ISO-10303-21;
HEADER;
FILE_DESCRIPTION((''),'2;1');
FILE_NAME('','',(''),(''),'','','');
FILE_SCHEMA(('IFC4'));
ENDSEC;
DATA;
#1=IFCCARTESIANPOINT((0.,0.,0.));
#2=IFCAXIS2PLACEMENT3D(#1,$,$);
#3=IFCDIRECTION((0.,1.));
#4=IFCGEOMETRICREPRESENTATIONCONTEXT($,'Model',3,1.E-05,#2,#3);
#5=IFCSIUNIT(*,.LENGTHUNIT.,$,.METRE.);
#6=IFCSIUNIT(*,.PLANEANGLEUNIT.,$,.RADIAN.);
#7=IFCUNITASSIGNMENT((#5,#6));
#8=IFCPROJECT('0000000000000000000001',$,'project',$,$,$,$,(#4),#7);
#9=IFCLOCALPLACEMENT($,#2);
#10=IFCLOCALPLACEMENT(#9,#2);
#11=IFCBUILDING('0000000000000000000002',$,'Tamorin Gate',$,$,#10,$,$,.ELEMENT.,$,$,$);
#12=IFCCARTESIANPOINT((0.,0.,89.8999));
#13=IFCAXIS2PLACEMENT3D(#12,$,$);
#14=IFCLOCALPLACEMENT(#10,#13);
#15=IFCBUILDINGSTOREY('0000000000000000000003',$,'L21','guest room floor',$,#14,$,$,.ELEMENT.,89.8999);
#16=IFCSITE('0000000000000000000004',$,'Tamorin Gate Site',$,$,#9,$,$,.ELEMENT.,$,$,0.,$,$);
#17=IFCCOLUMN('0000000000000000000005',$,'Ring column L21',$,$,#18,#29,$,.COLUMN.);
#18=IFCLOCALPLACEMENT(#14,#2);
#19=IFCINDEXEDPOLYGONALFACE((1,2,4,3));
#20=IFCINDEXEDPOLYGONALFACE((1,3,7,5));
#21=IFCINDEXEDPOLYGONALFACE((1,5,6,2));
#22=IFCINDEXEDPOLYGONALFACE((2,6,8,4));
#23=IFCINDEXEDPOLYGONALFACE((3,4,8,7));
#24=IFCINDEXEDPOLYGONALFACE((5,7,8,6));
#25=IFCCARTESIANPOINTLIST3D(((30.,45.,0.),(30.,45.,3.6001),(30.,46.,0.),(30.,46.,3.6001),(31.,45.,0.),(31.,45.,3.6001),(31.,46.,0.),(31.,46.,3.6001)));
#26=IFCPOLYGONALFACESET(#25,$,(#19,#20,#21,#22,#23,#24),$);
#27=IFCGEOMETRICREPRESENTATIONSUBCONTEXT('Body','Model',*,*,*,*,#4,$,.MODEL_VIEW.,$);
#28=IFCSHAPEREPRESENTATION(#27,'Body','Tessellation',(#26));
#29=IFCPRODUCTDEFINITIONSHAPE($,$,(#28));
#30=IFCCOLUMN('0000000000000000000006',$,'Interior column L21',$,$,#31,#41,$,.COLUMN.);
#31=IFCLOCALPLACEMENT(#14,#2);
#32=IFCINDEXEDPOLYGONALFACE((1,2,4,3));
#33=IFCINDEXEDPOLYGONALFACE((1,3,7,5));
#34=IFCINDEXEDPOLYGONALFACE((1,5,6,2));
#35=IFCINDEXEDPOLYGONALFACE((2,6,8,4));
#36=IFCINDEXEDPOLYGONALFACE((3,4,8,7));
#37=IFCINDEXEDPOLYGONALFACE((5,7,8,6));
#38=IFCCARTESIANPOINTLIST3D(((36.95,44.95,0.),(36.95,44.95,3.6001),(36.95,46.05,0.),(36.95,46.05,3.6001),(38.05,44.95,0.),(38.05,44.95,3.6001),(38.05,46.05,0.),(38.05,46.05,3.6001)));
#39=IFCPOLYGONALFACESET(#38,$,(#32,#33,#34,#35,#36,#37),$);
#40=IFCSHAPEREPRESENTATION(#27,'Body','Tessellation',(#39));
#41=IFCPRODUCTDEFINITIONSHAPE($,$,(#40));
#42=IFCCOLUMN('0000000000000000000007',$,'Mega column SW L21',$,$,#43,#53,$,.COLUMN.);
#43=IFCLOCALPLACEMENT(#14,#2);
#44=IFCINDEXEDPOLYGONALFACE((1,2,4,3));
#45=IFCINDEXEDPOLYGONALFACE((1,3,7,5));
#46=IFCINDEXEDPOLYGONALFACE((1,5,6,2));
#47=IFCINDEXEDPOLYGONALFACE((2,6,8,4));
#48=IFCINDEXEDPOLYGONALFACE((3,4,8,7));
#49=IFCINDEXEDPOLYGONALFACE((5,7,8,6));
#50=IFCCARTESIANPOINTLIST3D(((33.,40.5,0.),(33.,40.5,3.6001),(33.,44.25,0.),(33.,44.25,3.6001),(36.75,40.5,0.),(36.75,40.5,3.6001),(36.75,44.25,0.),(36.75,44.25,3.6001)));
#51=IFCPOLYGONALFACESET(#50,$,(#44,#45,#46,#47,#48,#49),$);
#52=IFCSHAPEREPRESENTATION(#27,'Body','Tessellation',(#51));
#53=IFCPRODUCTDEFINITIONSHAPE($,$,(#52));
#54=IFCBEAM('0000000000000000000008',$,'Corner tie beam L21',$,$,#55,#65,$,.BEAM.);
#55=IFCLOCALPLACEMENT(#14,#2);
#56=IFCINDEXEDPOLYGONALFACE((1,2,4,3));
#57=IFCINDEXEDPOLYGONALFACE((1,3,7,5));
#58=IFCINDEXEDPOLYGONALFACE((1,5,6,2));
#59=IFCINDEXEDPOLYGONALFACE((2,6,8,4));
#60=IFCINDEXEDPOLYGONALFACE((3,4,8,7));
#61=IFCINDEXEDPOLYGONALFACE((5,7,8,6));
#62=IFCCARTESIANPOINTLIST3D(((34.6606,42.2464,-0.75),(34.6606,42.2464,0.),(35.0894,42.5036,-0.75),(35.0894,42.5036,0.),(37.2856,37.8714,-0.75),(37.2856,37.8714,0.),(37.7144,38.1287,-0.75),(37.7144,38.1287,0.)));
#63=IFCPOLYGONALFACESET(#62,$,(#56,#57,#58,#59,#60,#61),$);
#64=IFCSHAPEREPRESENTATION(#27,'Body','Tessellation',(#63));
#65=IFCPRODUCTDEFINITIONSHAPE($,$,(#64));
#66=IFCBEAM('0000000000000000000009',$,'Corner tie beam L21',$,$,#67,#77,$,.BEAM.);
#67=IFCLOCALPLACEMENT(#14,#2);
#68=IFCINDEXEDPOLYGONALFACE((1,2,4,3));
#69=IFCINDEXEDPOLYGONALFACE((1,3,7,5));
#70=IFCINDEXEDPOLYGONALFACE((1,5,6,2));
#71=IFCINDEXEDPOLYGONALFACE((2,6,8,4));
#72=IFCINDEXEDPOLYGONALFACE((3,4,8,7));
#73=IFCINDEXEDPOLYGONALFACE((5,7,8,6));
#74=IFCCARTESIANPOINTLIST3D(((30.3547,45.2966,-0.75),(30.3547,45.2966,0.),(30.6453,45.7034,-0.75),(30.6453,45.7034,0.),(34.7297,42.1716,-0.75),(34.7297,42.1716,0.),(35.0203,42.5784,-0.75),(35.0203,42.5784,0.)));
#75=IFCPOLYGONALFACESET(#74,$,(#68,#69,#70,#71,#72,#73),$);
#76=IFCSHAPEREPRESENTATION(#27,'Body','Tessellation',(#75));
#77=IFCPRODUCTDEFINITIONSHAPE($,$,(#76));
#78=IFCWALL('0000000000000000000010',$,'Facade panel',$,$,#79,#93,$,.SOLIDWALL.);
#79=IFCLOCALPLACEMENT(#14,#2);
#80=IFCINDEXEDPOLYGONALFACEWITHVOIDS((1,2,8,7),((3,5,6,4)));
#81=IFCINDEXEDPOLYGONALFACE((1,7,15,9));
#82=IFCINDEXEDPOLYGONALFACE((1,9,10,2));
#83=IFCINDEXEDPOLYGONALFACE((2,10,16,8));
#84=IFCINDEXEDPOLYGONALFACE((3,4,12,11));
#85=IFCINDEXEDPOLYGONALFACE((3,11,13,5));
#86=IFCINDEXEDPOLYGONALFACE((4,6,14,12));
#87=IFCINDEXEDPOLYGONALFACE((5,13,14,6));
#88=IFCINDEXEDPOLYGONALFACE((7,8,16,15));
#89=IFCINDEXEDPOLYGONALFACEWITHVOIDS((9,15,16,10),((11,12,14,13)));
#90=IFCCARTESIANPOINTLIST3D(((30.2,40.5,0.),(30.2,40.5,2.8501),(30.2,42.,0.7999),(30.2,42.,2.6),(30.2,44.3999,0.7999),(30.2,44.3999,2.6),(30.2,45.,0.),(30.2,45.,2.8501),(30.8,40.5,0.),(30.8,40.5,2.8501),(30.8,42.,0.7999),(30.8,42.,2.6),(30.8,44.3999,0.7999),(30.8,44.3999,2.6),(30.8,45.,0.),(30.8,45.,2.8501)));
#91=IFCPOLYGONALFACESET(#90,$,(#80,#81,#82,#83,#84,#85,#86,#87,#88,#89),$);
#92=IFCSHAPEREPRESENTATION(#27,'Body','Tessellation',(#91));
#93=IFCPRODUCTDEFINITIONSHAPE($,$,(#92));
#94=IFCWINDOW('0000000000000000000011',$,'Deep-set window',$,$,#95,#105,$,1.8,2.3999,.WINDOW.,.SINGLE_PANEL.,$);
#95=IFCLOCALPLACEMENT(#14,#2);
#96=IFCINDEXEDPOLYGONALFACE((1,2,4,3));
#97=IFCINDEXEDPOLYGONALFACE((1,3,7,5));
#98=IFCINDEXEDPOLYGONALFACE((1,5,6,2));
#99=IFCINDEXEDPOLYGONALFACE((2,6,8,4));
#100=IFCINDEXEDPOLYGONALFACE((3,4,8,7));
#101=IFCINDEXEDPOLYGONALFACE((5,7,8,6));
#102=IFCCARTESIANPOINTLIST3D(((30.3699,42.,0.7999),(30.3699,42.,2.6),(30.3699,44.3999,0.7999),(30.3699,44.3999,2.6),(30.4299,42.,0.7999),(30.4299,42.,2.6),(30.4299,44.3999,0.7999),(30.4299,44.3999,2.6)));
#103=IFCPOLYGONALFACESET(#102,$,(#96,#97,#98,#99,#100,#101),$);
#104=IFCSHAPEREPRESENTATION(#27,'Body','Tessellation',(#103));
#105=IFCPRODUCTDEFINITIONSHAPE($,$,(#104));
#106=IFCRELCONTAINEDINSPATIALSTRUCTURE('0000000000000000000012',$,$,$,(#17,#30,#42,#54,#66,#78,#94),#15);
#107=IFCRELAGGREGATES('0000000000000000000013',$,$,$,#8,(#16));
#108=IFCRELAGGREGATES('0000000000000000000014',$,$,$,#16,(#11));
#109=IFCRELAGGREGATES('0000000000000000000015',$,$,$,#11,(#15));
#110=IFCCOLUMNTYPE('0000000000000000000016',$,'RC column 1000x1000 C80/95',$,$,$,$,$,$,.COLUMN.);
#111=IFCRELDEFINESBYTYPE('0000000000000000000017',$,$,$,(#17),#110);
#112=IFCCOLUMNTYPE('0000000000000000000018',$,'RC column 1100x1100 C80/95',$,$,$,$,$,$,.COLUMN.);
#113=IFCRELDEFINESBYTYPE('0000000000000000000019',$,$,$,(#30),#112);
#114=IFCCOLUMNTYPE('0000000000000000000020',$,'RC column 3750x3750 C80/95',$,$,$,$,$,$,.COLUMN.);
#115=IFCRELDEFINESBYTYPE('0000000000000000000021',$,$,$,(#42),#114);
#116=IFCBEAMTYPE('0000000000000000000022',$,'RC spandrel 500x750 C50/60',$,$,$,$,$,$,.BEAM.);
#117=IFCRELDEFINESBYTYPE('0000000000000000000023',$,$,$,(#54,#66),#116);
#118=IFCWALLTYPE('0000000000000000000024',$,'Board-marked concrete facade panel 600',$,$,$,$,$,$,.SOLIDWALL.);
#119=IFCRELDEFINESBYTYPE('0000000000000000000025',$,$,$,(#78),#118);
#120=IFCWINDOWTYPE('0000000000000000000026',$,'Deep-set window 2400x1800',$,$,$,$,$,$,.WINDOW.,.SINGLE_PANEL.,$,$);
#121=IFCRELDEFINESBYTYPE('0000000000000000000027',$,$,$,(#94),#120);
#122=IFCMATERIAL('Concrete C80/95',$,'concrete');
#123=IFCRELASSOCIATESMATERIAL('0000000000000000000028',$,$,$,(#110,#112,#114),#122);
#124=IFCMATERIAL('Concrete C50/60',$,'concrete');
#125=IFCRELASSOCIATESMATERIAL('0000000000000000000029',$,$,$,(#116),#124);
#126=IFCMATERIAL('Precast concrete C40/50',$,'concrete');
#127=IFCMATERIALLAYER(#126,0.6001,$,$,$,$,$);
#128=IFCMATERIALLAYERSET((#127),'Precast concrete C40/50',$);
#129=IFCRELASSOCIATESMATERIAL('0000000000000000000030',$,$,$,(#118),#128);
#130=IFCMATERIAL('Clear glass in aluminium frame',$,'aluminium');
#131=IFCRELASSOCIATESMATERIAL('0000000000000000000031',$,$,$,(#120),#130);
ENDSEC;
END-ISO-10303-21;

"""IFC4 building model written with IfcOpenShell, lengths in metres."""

from ifc_helpers import new_model, si_unit, direction, frame, frame_2d, origin, origin_2d, place, context, subcontext, project, spatial, rectangle, extrude, material, layer, layer_set, material_profile, profile_set, type_object, element, fill, save


model = new_model("IFC4")

# Units and contexts
model_context = context("Model", 3, precision=1e-05, world=origin(), true_north=direction((0.0, 1.0)))
body_context = subcontext(model_context, "Body", "Model", "MODEL_VIEW")
ifc_project = project(units=[si_unit("LENGTHUNIT", "METRE"), si_unit("PLANEANGLEUNIT", "RADIAN")], contexts=[model_context])

# Site, building, storey
site_placement = place(None, origin())
site = spatial("IfcSite", under=ifc_project, at=site_placement, Name="Tamorin Gate Site", CompositionType="ELEMENT", RefElevation=0.0)
building_placement = place(site_placement, origin())
building = spatial("IfcBuilding", under=site, at=building_placement, Name="Tamorin Gate", CompositionType="ELEMENT")
storey_placement = place(building_placement, frame((0.0, 0.0, 89.8999)))
storey = spatial("IfcBuildingStorey", under=building, at=storey_placement, Name="L21", Description="guest room floor", CompositionType="ELEMENT", Elevation=89.8999)

# Columns
ifc_material_1 = material(Name="Concrete C80/95", Category="concrete")
ifc_material_profile_1 = material_profile(ifc_material_1, rectangle(XDim=1.0, YDim=1.0, at=origin_2d()), Name="RC 1000x1000")
ifc_profile_set_1 = profile_set([ifc_material_profile_1], Name="Concrete C80/95")
column_type_1 = type_object("IfcColumnType", Name="RC column 1000x1000 C80/95", PredefinedType="COLUMN", material=ifc_profile_set_1)
column_1_placement = place(storey_placement, frame((30.5, 45.5, 0.0), z_axis=(0.0, 0.0, 1.0), x_axis=(1.0, 0.0, 0.0)))
element("IfcColumn", 1, at=column_1_placement, inside=storey, type_object=column_type_1, Name="Ring column L21", PredefinedType="COLUMN", context=body_context, shape_type="SweptSolid", body=[
    extrude(rectangle(XDim=1.0, YDim=1.0, at=origin_2d()), origin(), (0.0, 0.0, 1.0), 3.6001),
])
ifc_material_profile_2 = material_profile(ifc_material_1, rectangle(XDim=1.1001, YDim=1.1001, at=origin_2d()), Name="RC 1100x1100")
ifc_profile_set_2 = profile_set([ifc_material_profile_2], Name="Concrete C80/95")
column_type_2 = type_object("IfcColumnType", Name="RC column 1100x1100 C80/95", PredefinedType="COLUMN", material=ifc_profile_set_2)
column_2_placement = place(storey_placement, frame((37.5, 45.5, 0.0), z_axis=(0.0, 0.0, 1.0), x_axis=(1.0, 0.0, 0.0)))
element("IfcColumn", 2, at=column_2_placement, inside=storey, type_object=column_type_2, Name="Interior column L21", PredefinedType="COLUMN", context=body_context, shape_type="SweptSolid", body=[
    extrude(rectangle(XDim=1.1001, YDim=1.1001, at=origin_2d()), origin(), (0.0, 0.0, 1.0), 3.6001),
])
ifc_material_profile_3 = material_profile(ifc_material_1, rectangle(XDim=3.75, YDim=3.75, at=origin_2d()), Name="RC 3750x3750")
ifc_profile_set_3 = profile_set([ifc_material_profile_3], Name="Concrete C80/95")
column_type_3 = type_object("IfcColumnType", Name="RC column 3750x3750 C80/95", PredefinedType="COLUMN", material=ifc_profile_set_3)
column_3_placement = place(storey_placement, frame((34.875, 42.375, 0.0), z_axis=(0.0, 0.0, 1.0), x_axis=(1.0, 0.0, 0.0)))
element("IfcColumn", 3, at=column_3_placement, inside=storey, type_object=column_type_3, Name="Mega column SW L21", PredefinedType="COLUMN", context=body_context, shape_type="SweptSolid", body=[
    extrude(rectangle(XDim=3.75, YDim=3.75, at=origin_2d()), origin(), (0.0, 0.0, 1.0), 3.6001),
])

# Beams
ifc_material_2 = material(Name="Concrete C50/60", Category="concrete")
ifc_material_profile_4 = material_profile(ifc_material_2, rectangle(XDim=0.5, YDim=0.75, at=origin_2d()), Name="RC 500x750")
ifc_profile_set_4 = profile_set([ifc_material_profile_4], Name="Concrete C50/60")
beam_type = type_object("IfcBeamType", Name="RC spandrel 500x750 C50/60", PredefinedType="BEAM", material=ifc_profile_set_4)
beam_1_placement = place(storey_placement, frame((34.875, 42.375, -0.375), z_axis=(0.514496, -0.857493, 0.0), x_axis=(0.857493, 0.514496, 0.0)))
element("IfcBeam", 4, at=beam_1_placement, inside=storey, type_object=beam_type, Name="Corner tie beam L21", PredefinedType="BEAM", context=body_context, shape_type="SweptSolid", body=[
    extrude(rectangle(XDim=0.5, YDim=0.75, at=origin_2d()), origin(), (0.0, 0.0, 1.0), 5.1021),
])
beam_2_placement = place(storey_placement, frame((34.875, 42.375, -0.375), z_axis=(-0.813733, 0.581238, 0.0), x_axis=(-0.581238, -0.813733, 0.0)))
element("IfcBeam", 5, at=beam_2_placement, inside=storey, type_object=beam_type, Name="Corner tie beam L21", PredefinedType="BEAM", context=body_context, shape_type="SweptSolid", body=[
    extrude(rectangle(XDim=0.5, YDim=0.75, at=origin_2d()), origin(), (0.0, 0.0, 1.0), 5.3765),
])

# Wall, opening, window
ifc_material_3 = material(Name="Precast concrete C40/50", Category="concrete")
ifc_layer_1 = layer(ifc_material_3, 0.6001)
ifc_layer_set_1 = layer_set([ifc_layer_1], Name="Precast concrete C40/50")
wall_type_1 = type_object("IfcWallType", Name="Board-marked concrete facade panel 600", PredefinedType="SOLIDWALL", material=ifc_layer_set_1)
wall_1_placement = place(storey_placement, frame((30.5, 45.0, 0.0), z_axis=(0.0, 0.0, 1.0), x_axis=(0.0, -1.0, 0.0)))
wall_1 = element("IfcWall", 6, at=wall_1_placement, inside=storey, type_object=wall_type_1, Name="Facade panel", PredefinedType="SOLIDWALL", context=body_context, shape_type="SweptSolid", body=[
    extrude(rectangle(XDim=4.5, YDim=0.6001, at=frame_2d((2.25, 0.0))), origin(), (0.0, 0.0, 1.0), 2.8501),
])
opening_1_placement = place(wall_1_placement, frame((0.6001, 0.0, 0.8)))
opening_1 = element("IfcOpeningElement", 7, at=opening_1_placement, cuts=wall_1, PredefinedType="OPENING", context=body_context, shape_type="SweptSolid", body=[
    extrude(rectangle(XDim=2.3999, YDim=1.8, at=frame_2d((1.2, 0.8999))), frame((0.0, 0.3101, 0.0), z_axis=(0.0, -1.0, 0.0), x_axis=(1.0, 0.0, 0.0)), (0.0, 0.0, 1.0), 0.6201),
])
ifc_material_4 = material(Name="Clear glass in aluminium frame", Category="aluminium")
window_type = type_object("IfcWindowType", Name="Deep-set window 2400x1800", PartitioningType="SINGLE_PANEL", PredefinedType="WINDOW", material=ifc_material_4)
window_placement = place(opening_1_placement, origin())
window = element("IfcWindow", 8, at=window_placement, inside=storey, type_object=window_type, Name="Deep-set window", OverallHeight=1.8, OverallWidth=2.3999, PartitioningType="SINGLE_PANEL", PredefinedType="WINDOW", context=body_context, shape_type="SweptSolid", body=[
    extrude(rectangle(XDim=2.3999, YDim=1.8, at=frame_2d((1.2, 0.8999))), frame((0.0, -0.0701, 0.0), z_axis=(0.0, -1.0, 0.0), x_axis=(1.0, 0.0, 0.0)), (0.0, 0.0, 1.0), 0.0601),
])
fill(opening_1, window)

save(model, "model.ifc")
